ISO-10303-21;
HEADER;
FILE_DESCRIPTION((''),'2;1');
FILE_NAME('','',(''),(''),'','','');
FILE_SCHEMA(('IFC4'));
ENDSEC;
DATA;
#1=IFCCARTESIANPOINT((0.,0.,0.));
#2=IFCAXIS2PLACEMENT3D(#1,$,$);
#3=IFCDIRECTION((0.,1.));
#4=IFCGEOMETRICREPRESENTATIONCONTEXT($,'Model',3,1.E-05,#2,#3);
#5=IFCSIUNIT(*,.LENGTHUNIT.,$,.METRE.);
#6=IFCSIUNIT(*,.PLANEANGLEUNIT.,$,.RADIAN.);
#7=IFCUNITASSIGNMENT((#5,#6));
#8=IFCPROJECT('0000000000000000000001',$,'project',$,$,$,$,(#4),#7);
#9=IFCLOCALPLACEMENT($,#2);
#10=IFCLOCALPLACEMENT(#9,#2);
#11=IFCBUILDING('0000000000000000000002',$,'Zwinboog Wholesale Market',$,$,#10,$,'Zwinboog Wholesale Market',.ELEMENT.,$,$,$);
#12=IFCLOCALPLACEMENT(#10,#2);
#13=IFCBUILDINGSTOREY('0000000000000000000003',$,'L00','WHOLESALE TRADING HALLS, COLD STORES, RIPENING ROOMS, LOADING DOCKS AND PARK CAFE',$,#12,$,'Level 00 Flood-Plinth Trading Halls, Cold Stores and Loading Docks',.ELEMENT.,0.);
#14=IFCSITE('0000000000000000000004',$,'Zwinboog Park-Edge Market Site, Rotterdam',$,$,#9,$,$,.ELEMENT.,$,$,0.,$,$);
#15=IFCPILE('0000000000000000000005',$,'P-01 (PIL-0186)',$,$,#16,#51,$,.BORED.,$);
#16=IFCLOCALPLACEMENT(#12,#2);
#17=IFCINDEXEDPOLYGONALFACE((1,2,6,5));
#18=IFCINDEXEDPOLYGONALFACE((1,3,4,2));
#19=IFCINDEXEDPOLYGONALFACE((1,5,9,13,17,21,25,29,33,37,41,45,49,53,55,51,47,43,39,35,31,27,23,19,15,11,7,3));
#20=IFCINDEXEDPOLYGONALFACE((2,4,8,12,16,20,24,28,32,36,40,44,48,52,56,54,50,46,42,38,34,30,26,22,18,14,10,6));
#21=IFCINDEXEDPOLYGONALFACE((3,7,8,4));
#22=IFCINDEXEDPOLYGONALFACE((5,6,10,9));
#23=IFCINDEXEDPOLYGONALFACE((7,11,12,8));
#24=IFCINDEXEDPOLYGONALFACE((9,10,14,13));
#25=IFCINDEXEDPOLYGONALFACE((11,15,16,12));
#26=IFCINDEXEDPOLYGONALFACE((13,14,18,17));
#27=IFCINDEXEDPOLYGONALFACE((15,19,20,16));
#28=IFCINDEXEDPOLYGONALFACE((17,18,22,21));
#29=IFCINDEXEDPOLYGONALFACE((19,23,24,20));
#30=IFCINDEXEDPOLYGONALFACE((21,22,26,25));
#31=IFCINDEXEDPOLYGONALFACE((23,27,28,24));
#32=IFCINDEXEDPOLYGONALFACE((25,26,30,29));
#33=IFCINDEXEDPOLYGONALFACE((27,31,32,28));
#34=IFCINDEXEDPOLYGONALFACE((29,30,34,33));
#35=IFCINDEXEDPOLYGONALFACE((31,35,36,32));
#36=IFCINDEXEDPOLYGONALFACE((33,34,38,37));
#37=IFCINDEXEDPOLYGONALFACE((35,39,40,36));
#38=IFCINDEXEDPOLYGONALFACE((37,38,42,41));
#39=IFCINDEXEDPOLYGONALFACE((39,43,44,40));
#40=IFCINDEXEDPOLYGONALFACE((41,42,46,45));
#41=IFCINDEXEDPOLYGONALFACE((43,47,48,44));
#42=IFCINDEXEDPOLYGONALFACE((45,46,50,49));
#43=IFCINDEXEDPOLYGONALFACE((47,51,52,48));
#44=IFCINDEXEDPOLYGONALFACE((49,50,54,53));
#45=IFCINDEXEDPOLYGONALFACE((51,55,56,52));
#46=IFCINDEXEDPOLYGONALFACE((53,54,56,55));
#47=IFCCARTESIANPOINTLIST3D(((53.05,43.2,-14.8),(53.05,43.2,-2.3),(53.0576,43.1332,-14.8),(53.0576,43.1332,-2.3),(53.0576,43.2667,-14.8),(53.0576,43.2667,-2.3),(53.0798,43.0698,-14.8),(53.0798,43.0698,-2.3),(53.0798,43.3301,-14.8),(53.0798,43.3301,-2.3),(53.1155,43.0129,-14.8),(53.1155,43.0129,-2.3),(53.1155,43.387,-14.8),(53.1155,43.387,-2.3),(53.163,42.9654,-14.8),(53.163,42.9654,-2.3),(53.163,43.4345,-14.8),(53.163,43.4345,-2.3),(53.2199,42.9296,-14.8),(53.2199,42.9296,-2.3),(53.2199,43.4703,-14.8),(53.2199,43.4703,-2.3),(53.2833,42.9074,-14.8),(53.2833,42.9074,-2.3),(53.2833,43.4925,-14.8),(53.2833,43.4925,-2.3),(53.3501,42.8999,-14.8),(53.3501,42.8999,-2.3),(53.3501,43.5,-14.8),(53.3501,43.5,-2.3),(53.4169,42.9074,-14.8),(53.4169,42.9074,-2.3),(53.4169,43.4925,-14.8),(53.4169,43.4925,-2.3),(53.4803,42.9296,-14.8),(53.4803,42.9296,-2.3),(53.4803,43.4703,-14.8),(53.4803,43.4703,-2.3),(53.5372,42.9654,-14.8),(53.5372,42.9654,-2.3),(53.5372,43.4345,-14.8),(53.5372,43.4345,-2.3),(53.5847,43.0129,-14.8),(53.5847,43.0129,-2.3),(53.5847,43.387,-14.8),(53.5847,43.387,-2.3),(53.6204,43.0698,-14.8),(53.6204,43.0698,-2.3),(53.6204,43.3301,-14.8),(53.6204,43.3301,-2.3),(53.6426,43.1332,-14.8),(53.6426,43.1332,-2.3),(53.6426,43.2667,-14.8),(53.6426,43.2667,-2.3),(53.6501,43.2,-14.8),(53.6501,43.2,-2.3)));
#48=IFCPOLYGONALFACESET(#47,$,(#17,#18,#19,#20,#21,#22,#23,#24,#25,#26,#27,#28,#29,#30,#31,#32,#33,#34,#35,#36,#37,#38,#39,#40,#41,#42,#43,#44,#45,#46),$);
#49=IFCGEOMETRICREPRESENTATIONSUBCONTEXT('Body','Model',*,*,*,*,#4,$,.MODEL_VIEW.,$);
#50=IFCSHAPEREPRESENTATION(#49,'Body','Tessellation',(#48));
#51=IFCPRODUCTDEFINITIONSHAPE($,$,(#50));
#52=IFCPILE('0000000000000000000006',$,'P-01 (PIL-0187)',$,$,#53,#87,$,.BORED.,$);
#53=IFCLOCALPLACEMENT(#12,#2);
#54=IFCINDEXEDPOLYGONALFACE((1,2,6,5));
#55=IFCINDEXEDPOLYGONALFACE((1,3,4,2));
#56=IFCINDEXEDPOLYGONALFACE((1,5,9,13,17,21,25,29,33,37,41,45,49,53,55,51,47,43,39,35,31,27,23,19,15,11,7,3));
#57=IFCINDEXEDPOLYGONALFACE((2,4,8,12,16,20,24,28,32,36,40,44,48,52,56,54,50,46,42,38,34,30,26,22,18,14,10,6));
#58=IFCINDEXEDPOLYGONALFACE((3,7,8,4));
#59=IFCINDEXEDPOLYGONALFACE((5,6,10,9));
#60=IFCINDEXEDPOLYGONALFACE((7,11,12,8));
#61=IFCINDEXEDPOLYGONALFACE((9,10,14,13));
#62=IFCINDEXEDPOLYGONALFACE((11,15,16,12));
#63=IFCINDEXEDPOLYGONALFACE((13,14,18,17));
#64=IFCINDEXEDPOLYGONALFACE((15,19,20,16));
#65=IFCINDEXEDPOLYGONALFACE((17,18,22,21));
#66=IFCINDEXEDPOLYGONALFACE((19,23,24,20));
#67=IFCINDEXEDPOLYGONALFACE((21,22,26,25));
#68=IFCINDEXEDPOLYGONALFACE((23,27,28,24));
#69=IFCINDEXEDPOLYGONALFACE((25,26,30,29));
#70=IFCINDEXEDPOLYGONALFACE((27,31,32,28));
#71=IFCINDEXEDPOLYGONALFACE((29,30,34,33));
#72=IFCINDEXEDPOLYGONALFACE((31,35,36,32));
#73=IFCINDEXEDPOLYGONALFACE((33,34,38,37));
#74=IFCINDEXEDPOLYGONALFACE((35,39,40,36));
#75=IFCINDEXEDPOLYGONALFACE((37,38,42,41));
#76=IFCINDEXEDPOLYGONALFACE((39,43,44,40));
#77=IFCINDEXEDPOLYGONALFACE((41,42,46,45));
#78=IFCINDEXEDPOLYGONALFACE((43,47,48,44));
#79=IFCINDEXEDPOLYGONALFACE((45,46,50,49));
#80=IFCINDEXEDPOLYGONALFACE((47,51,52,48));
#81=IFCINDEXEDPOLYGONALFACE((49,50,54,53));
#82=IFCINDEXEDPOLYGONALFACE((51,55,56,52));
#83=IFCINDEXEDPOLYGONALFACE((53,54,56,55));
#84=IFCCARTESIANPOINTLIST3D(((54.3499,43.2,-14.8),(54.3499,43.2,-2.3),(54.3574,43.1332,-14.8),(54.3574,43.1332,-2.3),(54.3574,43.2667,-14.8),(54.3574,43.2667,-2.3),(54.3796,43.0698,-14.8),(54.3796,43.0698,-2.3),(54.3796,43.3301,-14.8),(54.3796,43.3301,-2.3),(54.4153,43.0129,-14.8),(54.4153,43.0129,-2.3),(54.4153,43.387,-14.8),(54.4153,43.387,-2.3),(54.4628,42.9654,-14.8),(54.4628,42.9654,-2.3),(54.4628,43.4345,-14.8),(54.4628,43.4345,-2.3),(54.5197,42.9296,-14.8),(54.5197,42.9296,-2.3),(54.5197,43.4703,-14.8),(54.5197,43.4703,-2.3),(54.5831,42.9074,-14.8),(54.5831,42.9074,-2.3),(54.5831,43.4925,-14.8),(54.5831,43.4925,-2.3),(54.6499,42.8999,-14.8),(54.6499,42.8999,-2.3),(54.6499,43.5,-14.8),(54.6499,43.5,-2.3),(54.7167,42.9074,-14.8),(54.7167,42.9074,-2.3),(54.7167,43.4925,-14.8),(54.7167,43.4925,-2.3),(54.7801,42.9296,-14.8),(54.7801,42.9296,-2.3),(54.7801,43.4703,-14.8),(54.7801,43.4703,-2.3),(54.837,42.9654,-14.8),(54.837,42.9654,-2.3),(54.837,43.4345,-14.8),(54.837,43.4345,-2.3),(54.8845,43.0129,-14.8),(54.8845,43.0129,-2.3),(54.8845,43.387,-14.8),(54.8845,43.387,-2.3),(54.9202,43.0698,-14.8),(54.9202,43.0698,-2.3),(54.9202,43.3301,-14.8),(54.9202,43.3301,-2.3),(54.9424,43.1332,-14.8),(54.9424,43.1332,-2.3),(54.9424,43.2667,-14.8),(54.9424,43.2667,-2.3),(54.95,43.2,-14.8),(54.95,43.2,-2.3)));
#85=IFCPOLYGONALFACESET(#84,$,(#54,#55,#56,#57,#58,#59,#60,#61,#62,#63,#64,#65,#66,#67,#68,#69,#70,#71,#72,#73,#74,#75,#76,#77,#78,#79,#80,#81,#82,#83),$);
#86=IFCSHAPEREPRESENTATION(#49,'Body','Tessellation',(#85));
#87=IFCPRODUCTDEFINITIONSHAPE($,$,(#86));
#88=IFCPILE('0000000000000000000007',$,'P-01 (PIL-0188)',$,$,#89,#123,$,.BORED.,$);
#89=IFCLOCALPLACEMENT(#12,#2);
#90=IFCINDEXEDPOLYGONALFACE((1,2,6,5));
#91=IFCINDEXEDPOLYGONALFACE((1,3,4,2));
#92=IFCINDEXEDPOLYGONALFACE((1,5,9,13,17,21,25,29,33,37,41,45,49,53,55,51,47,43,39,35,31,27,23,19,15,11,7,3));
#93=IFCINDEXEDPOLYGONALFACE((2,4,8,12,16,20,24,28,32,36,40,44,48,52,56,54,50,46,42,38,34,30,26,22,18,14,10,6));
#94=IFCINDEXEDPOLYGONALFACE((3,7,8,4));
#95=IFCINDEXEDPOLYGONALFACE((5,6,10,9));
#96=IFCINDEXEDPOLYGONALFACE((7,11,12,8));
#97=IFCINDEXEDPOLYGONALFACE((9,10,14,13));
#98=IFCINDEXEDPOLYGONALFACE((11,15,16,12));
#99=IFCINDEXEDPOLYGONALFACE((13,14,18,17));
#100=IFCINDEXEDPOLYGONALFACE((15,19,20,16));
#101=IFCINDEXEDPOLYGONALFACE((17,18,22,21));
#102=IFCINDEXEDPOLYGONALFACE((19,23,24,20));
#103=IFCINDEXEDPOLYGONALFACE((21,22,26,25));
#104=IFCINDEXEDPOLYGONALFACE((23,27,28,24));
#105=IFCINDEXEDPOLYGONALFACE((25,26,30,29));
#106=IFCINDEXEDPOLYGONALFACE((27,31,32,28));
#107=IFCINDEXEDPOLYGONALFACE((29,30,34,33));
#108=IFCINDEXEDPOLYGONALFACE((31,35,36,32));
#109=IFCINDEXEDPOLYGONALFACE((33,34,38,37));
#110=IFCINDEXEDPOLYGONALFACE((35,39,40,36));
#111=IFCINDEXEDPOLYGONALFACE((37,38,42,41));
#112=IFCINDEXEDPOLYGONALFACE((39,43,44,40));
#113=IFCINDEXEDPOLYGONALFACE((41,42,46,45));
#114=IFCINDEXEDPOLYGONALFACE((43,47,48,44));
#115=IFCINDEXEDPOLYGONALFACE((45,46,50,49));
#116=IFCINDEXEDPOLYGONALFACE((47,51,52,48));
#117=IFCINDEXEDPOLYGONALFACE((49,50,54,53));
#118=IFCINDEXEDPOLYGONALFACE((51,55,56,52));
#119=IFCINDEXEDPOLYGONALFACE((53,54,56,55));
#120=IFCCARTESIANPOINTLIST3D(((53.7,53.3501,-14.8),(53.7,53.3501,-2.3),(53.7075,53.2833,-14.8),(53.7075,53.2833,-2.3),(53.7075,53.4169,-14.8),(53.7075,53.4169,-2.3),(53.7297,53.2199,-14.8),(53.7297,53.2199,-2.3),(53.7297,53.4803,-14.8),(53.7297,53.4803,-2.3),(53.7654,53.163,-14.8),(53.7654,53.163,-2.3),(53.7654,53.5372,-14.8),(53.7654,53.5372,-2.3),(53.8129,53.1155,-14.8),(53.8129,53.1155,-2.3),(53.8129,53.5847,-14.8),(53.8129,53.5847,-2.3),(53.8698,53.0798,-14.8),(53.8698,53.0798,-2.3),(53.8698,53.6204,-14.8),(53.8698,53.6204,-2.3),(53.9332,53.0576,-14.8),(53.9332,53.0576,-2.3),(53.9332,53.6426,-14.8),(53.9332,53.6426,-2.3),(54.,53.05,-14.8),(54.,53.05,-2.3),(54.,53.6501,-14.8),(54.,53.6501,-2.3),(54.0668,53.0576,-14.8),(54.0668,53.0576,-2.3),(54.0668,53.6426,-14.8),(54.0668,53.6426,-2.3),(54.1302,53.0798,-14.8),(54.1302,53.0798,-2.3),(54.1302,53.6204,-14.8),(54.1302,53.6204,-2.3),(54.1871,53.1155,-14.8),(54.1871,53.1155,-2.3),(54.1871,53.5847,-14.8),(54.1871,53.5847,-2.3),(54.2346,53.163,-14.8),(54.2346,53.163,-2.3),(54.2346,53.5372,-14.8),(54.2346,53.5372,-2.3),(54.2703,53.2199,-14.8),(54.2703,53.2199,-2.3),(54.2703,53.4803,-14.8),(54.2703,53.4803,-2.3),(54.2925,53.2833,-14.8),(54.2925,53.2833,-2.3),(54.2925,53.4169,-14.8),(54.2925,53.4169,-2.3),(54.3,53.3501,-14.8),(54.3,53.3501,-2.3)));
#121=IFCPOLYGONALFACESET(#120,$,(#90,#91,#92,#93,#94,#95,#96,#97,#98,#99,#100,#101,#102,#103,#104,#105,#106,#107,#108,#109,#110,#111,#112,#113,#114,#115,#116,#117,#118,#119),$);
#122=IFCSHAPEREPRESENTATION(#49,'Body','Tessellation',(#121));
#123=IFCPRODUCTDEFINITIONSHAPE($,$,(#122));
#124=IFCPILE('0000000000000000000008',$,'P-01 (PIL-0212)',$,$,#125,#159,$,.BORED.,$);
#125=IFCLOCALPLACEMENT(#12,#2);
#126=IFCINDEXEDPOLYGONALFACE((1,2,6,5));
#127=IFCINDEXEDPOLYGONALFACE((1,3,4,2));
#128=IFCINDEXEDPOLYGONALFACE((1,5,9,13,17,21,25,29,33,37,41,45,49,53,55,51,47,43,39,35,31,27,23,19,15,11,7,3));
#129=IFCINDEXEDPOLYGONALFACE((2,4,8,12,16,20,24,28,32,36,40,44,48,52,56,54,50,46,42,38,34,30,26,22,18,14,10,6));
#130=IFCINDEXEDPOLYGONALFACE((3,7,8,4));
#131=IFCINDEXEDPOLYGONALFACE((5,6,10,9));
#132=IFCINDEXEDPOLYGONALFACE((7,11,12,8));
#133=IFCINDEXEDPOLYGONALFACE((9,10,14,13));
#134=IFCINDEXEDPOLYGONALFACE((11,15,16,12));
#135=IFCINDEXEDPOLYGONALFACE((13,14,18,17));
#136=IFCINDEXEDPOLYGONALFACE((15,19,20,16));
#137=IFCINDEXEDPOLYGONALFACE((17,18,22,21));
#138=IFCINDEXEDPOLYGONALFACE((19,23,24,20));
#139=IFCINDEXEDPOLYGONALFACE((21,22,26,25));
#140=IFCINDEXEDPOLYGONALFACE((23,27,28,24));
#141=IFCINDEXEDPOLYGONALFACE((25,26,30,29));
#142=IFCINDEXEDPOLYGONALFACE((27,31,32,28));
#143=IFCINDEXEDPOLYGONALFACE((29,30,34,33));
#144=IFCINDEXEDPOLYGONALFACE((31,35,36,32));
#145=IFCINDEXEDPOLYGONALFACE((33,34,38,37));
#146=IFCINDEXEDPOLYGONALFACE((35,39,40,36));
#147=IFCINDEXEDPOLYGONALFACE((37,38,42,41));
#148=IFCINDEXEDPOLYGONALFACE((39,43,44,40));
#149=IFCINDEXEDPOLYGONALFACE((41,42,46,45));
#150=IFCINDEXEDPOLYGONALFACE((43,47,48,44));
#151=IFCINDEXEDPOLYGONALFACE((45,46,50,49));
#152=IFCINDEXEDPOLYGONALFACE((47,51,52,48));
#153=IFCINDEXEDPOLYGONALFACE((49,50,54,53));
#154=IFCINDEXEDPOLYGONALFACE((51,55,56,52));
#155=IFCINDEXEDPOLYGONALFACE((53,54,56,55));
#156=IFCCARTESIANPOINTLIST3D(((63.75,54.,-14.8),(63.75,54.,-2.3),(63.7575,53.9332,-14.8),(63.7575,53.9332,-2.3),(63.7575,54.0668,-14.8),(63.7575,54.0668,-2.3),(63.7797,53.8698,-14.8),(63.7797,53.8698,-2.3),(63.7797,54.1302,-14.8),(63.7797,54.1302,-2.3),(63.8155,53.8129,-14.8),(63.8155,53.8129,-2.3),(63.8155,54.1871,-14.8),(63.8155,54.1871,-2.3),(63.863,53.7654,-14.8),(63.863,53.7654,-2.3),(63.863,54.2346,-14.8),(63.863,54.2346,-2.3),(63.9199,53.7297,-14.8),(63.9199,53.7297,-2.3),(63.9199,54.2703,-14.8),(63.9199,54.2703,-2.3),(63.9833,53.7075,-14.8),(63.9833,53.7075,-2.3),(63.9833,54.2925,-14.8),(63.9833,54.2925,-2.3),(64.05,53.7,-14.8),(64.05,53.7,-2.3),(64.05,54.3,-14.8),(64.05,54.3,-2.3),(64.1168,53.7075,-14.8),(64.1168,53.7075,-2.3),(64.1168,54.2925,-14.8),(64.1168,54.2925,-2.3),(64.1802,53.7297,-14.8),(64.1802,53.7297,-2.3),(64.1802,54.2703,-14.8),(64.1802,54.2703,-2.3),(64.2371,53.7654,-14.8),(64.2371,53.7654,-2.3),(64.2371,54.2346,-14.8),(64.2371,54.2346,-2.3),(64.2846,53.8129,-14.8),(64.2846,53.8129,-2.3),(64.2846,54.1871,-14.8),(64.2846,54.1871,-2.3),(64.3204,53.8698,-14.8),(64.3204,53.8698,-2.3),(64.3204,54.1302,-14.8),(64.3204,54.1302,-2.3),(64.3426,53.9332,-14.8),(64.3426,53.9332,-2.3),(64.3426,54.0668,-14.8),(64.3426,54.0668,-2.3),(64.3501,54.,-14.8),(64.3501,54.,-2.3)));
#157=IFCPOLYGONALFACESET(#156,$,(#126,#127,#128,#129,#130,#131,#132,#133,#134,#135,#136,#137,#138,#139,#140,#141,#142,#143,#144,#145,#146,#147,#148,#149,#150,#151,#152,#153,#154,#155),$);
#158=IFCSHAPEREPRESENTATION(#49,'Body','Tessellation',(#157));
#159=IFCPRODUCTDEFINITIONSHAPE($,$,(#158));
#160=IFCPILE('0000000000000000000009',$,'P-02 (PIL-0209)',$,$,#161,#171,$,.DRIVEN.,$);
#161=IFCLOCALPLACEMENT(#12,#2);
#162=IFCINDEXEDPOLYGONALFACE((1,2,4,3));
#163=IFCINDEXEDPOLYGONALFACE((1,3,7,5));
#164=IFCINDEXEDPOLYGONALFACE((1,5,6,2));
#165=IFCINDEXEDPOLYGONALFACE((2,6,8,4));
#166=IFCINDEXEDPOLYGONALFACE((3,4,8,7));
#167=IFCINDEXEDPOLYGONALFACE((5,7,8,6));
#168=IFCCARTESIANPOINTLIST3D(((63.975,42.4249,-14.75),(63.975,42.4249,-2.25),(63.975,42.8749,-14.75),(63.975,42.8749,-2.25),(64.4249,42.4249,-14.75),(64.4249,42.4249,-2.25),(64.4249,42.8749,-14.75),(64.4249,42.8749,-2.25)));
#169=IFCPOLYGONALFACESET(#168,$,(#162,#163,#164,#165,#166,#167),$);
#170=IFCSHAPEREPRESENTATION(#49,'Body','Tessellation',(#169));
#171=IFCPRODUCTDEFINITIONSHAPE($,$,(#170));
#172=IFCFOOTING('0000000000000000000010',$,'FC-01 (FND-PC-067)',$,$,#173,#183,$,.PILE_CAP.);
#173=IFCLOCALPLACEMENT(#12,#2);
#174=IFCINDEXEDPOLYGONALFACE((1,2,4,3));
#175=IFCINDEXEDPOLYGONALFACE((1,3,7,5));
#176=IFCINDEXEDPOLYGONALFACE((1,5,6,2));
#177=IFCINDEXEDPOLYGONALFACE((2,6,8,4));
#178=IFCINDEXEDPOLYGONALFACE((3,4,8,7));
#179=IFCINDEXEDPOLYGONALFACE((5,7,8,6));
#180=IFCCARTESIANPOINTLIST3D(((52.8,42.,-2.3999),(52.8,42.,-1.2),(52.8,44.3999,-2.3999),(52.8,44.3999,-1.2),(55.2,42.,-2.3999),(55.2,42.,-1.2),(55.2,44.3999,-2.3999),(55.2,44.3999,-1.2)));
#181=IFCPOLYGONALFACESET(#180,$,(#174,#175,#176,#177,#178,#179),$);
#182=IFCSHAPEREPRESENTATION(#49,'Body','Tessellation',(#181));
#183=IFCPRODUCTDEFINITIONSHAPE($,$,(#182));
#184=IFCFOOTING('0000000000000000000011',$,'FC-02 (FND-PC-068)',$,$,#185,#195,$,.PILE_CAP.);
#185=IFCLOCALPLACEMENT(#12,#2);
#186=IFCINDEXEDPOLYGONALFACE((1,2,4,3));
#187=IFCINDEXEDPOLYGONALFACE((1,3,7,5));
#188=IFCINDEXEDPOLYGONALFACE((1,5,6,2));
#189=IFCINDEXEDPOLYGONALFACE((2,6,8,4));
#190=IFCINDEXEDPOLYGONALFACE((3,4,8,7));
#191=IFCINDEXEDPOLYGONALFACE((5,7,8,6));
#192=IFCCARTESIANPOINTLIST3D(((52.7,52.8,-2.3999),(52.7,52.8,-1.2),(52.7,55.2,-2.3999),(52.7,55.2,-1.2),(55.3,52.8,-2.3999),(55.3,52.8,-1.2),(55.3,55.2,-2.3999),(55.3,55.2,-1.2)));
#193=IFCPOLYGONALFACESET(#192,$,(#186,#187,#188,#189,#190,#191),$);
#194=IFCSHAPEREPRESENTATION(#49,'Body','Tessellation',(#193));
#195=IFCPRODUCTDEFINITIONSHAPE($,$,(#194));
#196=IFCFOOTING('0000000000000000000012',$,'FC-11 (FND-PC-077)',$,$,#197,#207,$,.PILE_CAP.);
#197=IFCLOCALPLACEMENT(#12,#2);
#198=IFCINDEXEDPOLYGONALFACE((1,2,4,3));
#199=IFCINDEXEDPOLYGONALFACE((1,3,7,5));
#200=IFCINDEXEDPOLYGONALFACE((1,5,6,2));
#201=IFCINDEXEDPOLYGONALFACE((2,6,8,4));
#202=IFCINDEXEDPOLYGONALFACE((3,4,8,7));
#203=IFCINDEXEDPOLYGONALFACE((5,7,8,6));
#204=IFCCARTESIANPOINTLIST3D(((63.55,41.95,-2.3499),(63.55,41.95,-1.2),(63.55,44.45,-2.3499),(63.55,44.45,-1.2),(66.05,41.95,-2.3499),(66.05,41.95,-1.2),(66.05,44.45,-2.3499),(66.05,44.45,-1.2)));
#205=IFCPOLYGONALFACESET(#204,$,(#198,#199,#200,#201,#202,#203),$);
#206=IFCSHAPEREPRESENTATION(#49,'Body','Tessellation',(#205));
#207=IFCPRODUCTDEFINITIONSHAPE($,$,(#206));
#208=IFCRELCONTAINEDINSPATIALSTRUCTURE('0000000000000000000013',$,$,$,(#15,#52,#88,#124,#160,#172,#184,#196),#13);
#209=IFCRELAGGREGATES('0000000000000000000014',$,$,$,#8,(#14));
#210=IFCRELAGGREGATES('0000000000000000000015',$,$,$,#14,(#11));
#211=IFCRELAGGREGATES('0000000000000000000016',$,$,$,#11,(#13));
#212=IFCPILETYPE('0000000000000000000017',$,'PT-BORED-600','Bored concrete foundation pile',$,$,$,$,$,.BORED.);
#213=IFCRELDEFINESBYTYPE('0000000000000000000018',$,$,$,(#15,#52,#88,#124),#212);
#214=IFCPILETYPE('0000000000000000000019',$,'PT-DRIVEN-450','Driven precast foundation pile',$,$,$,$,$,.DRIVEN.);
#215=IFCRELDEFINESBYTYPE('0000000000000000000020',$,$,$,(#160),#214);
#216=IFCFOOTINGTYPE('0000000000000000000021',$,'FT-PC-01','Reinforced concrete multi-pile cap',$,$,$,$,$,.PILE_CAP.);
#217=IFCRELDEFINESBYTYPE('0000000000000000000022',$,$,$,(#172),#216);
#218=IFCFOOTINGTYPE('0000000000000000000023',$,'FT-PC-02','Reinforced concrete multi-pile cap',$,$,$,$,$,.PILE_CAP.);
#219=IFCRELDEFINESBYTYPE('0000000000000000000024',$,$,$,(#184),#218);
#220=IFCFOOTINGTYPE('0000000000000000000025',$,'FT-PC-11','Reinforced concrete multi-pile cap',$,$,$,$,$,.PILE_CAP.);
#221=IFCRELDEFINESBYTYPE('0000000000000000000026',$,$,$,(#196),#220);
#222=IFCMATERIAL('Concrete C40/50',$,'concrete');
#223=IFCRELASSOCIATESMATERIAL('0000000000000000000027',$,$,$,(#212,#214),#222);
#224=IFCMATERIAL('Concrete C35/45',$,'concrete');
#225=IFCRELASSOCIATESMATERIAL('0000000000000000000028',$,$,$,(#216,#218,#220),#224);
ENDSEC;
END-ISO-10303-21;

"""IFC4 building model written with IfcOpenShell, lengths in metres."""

from ifc_helpers import new_model, si_unit, direction, frame, origin, origin_2d, place, context, subcontext, project, spatial, rectangle, circle, extrude, material, material_profile, profile_set, type_object, element, save


model = new_model("IFC4")

# Units and contexts
model_context = context("Model", 3, precision=1e-05, world=origin(), true_north=direction((0.0, 1.0)))
body_context = subcontext(model_context, "Body", "Model", "MODEL_VIEW")
ifc_project = project(units=[si_unit("LENGTHUNIT", "METRE"), si_unit("PLANEANGLEUNIT", "RADIAN")], contexts=[model_context])

# Site, building, storey
site_placement = place(None, origin())
site = spatial("IfcSite", under=ifc_project, at=site_placement, Name="Zwinboog Park-Edge Market Site, Rotterdam", CompositionType="ELEMENT", RefElevation=0.0)
building_placement = place(site_placement, origin())
building = spatial("IfcBuilding", under=site, at=building_placement, Name="Zwinboog Wholesale Market", LongName="Zwinboog Wholesale Market", CompositionType="ELEMENT")
storey_placement = place(building_placement, origin())
storey = spatial("IfcBuildingStorey", under=building, at=storey_placement, Name="L00", Description="WHOLESALE TRADING HALLS, COLD STORES, RIPENING ROOMS, LOADING DOCKS AND PARK CAFE", LongName="Level 00 Flood-Plinth Trading Halls, Cold Stores and Loading Docks", CompositionType="ELEMENT", Elevation=0.0)

# Piles
ifc_material_1 = material(Name="Concrete C40/50", Category="concrete")
ifc_material_profile_1 = material_profile(ifc_material_1, circle(Radius=0.3, at=origin_2d()), Name="PILE D600")
ifc_profile_set_1 = profile_set([ifc_material_profile_1], Name="Concrete C40/50")
pile_type_1 = type_object("IfcPileType", Name="PT-BORED-600", Description="Bored concrete foundation pile", PredefinedType="BORED", material=ifc_profile_set_1)
for number, where, z_axis, x_axis, name in (
    (1, (53.3501, 43.2, -2.3), (0.0, 0.0, -1.0), (1.0, 0.0, 0.0), "P-01 (PIL-0186)"),
    (2, (54.6499, 43.2, -2.3), (0.0, 0.0, -1.0), (1.0, 0.0, 0.0), "P-01 (PIL-0187)"),
    (3, (54.0, 53.3501, -2.3), (0.0, 0.0, -1.0), (1.0, 0.0, 0.0), "P-01 (PIL-0188)"),
    (4, (64.05, 54.0, -2.3), (0.0, 0.0, -1.0), (1.0, 0.0, 0.0), "P-01 (PIL-0212)"),
):
    element("IfcPile", number, at=place(storey_placement, frame(where, z_axis=z_axis, x_axis=x_axis)), inside=storey, type_object=pile_type_1, Name=name, PredefinedType="BORED", context=body_context, shape_type="SweptSolid", body=[
        extrude(circle(Radius=0.3, at=origin_2d()), origin(), (0.0, 0.0, 1.0), 12.5),
    ])
ifc_material_profile_2 = material_profile(ifc_material_1, rectangle(XDim=0.45, YDim=0.45, at=origin_2d()), Name="PILE SQ450")
ifc_profile_set_2 = profile_set([ifc_material_profile_2], Name="Concrete C40/50")
pile_type_2 = type_object("IfcPileType", Name="PT-DRIVEN-450", Description="Driven precast foundation pile", PredefinedType="DRIVEN", material=ifc_profile_set_2)
pile_placement = place(storey_placement, frame((64.2, 42.6499, -2.25), z_axis=(0.0, 0.0, -1.0), x_axis=(1.0, 0.0, 0.0)))
element("IfcPile", 5, at=pile_placement, inside=storey, type_object=pile_type_2, Name="P-02 (PIL-0209)", PredefinedType="DRIVEN", context=body_context, shape_type="SweptSolid", body=[
    extrude(rectangle(XDim=0.45, YDim=0.45, at=origin_2d()), origin(), (0.0, 0.0, 1.0), 12.5),
])

# Footings
ifc_material_2 = material(Name="Concrete C35/45", Category="concrete")
footing_type_1 = type_object("IfcFootingType", Name="FT-PC-01", Description="Reinforced concrete multi-pile cap", PredefinedType="PILE_CAP", material=ifc_material_2)
footing_1_placement = place(storey_placement, frame((54.0, 43.2, -2.3999), z_axis=(0.0, 0.0, 1.0), x_axis=(1.0, 0.0, 0.0)))
element("IfcFooting", 6, at=footing_1_placement, inside=storey, type_object=footing_type_1, Name="FC-01 (FND-PC-067)", PredefinedType="PILE_CAP", context=body_context, shape_type="SweptSolid", body=[
    extrude(rectangle(XDim=2.3999, YDim=2.3999, at=origin_2d()), origin(), (0.0, 0.0, 1.0), 1.2),
])
footing_type_2 = type_object("IfcFootingType", Name="FT-PC-02", Description="Reinforced concrete multi-pile cap", PredefinedType="PILE_CAP", material=ifc_material_2)
footing_2_placement = place(storey_placement, frame((54.0, 54.0, -2.3999), z_axis=(0.0, 0.0, 1.0), x_axis=(1.0, 0.0, 0.0)))
element("IfcFooting", 7, at=footing_2_placement, inside=storey, type_object=footing_type_2, Name="FC-02 (FND-PC-068)", PredefinedType="PILE_CAP", context=body_context, shape_type="SweptSolid", body=[
    extrude(rectangle(XDim=2.6001, YDim=2.3999, at=origin_2d()), origin(), (0.0, 0.0, 1.0), 1.2),
])
footing_type_3 = type_object("IfcFootingType", Name="FT-PC-11", Description="Reinforced concrete multi-pile cap", PredefinedType="PILE_CAP", material=ifc_material_2)
footing_3_placement = place(storey_placement, frame((64.8, 43.2, -2.3499), z_axis=(0.0, 0.0, 1.0), x_axis=(1.0, 0.0, 0.0)))
element("IfcFooting", 8, at=footing_3_placement, inside=storey, type_object=footing_type_3, Name="FC-11 (FND-PC-077)", PredefinedType="PILE_CAP", context=body_context, shape_type="SweptSolid", body=[
    extrude(rectangle(XDim=2.5, YDim=2.5, at=origin_2d()), origin(), (0.0, 0.0, 1.0), 1.1499),
])

save(model, "model.ifc")
